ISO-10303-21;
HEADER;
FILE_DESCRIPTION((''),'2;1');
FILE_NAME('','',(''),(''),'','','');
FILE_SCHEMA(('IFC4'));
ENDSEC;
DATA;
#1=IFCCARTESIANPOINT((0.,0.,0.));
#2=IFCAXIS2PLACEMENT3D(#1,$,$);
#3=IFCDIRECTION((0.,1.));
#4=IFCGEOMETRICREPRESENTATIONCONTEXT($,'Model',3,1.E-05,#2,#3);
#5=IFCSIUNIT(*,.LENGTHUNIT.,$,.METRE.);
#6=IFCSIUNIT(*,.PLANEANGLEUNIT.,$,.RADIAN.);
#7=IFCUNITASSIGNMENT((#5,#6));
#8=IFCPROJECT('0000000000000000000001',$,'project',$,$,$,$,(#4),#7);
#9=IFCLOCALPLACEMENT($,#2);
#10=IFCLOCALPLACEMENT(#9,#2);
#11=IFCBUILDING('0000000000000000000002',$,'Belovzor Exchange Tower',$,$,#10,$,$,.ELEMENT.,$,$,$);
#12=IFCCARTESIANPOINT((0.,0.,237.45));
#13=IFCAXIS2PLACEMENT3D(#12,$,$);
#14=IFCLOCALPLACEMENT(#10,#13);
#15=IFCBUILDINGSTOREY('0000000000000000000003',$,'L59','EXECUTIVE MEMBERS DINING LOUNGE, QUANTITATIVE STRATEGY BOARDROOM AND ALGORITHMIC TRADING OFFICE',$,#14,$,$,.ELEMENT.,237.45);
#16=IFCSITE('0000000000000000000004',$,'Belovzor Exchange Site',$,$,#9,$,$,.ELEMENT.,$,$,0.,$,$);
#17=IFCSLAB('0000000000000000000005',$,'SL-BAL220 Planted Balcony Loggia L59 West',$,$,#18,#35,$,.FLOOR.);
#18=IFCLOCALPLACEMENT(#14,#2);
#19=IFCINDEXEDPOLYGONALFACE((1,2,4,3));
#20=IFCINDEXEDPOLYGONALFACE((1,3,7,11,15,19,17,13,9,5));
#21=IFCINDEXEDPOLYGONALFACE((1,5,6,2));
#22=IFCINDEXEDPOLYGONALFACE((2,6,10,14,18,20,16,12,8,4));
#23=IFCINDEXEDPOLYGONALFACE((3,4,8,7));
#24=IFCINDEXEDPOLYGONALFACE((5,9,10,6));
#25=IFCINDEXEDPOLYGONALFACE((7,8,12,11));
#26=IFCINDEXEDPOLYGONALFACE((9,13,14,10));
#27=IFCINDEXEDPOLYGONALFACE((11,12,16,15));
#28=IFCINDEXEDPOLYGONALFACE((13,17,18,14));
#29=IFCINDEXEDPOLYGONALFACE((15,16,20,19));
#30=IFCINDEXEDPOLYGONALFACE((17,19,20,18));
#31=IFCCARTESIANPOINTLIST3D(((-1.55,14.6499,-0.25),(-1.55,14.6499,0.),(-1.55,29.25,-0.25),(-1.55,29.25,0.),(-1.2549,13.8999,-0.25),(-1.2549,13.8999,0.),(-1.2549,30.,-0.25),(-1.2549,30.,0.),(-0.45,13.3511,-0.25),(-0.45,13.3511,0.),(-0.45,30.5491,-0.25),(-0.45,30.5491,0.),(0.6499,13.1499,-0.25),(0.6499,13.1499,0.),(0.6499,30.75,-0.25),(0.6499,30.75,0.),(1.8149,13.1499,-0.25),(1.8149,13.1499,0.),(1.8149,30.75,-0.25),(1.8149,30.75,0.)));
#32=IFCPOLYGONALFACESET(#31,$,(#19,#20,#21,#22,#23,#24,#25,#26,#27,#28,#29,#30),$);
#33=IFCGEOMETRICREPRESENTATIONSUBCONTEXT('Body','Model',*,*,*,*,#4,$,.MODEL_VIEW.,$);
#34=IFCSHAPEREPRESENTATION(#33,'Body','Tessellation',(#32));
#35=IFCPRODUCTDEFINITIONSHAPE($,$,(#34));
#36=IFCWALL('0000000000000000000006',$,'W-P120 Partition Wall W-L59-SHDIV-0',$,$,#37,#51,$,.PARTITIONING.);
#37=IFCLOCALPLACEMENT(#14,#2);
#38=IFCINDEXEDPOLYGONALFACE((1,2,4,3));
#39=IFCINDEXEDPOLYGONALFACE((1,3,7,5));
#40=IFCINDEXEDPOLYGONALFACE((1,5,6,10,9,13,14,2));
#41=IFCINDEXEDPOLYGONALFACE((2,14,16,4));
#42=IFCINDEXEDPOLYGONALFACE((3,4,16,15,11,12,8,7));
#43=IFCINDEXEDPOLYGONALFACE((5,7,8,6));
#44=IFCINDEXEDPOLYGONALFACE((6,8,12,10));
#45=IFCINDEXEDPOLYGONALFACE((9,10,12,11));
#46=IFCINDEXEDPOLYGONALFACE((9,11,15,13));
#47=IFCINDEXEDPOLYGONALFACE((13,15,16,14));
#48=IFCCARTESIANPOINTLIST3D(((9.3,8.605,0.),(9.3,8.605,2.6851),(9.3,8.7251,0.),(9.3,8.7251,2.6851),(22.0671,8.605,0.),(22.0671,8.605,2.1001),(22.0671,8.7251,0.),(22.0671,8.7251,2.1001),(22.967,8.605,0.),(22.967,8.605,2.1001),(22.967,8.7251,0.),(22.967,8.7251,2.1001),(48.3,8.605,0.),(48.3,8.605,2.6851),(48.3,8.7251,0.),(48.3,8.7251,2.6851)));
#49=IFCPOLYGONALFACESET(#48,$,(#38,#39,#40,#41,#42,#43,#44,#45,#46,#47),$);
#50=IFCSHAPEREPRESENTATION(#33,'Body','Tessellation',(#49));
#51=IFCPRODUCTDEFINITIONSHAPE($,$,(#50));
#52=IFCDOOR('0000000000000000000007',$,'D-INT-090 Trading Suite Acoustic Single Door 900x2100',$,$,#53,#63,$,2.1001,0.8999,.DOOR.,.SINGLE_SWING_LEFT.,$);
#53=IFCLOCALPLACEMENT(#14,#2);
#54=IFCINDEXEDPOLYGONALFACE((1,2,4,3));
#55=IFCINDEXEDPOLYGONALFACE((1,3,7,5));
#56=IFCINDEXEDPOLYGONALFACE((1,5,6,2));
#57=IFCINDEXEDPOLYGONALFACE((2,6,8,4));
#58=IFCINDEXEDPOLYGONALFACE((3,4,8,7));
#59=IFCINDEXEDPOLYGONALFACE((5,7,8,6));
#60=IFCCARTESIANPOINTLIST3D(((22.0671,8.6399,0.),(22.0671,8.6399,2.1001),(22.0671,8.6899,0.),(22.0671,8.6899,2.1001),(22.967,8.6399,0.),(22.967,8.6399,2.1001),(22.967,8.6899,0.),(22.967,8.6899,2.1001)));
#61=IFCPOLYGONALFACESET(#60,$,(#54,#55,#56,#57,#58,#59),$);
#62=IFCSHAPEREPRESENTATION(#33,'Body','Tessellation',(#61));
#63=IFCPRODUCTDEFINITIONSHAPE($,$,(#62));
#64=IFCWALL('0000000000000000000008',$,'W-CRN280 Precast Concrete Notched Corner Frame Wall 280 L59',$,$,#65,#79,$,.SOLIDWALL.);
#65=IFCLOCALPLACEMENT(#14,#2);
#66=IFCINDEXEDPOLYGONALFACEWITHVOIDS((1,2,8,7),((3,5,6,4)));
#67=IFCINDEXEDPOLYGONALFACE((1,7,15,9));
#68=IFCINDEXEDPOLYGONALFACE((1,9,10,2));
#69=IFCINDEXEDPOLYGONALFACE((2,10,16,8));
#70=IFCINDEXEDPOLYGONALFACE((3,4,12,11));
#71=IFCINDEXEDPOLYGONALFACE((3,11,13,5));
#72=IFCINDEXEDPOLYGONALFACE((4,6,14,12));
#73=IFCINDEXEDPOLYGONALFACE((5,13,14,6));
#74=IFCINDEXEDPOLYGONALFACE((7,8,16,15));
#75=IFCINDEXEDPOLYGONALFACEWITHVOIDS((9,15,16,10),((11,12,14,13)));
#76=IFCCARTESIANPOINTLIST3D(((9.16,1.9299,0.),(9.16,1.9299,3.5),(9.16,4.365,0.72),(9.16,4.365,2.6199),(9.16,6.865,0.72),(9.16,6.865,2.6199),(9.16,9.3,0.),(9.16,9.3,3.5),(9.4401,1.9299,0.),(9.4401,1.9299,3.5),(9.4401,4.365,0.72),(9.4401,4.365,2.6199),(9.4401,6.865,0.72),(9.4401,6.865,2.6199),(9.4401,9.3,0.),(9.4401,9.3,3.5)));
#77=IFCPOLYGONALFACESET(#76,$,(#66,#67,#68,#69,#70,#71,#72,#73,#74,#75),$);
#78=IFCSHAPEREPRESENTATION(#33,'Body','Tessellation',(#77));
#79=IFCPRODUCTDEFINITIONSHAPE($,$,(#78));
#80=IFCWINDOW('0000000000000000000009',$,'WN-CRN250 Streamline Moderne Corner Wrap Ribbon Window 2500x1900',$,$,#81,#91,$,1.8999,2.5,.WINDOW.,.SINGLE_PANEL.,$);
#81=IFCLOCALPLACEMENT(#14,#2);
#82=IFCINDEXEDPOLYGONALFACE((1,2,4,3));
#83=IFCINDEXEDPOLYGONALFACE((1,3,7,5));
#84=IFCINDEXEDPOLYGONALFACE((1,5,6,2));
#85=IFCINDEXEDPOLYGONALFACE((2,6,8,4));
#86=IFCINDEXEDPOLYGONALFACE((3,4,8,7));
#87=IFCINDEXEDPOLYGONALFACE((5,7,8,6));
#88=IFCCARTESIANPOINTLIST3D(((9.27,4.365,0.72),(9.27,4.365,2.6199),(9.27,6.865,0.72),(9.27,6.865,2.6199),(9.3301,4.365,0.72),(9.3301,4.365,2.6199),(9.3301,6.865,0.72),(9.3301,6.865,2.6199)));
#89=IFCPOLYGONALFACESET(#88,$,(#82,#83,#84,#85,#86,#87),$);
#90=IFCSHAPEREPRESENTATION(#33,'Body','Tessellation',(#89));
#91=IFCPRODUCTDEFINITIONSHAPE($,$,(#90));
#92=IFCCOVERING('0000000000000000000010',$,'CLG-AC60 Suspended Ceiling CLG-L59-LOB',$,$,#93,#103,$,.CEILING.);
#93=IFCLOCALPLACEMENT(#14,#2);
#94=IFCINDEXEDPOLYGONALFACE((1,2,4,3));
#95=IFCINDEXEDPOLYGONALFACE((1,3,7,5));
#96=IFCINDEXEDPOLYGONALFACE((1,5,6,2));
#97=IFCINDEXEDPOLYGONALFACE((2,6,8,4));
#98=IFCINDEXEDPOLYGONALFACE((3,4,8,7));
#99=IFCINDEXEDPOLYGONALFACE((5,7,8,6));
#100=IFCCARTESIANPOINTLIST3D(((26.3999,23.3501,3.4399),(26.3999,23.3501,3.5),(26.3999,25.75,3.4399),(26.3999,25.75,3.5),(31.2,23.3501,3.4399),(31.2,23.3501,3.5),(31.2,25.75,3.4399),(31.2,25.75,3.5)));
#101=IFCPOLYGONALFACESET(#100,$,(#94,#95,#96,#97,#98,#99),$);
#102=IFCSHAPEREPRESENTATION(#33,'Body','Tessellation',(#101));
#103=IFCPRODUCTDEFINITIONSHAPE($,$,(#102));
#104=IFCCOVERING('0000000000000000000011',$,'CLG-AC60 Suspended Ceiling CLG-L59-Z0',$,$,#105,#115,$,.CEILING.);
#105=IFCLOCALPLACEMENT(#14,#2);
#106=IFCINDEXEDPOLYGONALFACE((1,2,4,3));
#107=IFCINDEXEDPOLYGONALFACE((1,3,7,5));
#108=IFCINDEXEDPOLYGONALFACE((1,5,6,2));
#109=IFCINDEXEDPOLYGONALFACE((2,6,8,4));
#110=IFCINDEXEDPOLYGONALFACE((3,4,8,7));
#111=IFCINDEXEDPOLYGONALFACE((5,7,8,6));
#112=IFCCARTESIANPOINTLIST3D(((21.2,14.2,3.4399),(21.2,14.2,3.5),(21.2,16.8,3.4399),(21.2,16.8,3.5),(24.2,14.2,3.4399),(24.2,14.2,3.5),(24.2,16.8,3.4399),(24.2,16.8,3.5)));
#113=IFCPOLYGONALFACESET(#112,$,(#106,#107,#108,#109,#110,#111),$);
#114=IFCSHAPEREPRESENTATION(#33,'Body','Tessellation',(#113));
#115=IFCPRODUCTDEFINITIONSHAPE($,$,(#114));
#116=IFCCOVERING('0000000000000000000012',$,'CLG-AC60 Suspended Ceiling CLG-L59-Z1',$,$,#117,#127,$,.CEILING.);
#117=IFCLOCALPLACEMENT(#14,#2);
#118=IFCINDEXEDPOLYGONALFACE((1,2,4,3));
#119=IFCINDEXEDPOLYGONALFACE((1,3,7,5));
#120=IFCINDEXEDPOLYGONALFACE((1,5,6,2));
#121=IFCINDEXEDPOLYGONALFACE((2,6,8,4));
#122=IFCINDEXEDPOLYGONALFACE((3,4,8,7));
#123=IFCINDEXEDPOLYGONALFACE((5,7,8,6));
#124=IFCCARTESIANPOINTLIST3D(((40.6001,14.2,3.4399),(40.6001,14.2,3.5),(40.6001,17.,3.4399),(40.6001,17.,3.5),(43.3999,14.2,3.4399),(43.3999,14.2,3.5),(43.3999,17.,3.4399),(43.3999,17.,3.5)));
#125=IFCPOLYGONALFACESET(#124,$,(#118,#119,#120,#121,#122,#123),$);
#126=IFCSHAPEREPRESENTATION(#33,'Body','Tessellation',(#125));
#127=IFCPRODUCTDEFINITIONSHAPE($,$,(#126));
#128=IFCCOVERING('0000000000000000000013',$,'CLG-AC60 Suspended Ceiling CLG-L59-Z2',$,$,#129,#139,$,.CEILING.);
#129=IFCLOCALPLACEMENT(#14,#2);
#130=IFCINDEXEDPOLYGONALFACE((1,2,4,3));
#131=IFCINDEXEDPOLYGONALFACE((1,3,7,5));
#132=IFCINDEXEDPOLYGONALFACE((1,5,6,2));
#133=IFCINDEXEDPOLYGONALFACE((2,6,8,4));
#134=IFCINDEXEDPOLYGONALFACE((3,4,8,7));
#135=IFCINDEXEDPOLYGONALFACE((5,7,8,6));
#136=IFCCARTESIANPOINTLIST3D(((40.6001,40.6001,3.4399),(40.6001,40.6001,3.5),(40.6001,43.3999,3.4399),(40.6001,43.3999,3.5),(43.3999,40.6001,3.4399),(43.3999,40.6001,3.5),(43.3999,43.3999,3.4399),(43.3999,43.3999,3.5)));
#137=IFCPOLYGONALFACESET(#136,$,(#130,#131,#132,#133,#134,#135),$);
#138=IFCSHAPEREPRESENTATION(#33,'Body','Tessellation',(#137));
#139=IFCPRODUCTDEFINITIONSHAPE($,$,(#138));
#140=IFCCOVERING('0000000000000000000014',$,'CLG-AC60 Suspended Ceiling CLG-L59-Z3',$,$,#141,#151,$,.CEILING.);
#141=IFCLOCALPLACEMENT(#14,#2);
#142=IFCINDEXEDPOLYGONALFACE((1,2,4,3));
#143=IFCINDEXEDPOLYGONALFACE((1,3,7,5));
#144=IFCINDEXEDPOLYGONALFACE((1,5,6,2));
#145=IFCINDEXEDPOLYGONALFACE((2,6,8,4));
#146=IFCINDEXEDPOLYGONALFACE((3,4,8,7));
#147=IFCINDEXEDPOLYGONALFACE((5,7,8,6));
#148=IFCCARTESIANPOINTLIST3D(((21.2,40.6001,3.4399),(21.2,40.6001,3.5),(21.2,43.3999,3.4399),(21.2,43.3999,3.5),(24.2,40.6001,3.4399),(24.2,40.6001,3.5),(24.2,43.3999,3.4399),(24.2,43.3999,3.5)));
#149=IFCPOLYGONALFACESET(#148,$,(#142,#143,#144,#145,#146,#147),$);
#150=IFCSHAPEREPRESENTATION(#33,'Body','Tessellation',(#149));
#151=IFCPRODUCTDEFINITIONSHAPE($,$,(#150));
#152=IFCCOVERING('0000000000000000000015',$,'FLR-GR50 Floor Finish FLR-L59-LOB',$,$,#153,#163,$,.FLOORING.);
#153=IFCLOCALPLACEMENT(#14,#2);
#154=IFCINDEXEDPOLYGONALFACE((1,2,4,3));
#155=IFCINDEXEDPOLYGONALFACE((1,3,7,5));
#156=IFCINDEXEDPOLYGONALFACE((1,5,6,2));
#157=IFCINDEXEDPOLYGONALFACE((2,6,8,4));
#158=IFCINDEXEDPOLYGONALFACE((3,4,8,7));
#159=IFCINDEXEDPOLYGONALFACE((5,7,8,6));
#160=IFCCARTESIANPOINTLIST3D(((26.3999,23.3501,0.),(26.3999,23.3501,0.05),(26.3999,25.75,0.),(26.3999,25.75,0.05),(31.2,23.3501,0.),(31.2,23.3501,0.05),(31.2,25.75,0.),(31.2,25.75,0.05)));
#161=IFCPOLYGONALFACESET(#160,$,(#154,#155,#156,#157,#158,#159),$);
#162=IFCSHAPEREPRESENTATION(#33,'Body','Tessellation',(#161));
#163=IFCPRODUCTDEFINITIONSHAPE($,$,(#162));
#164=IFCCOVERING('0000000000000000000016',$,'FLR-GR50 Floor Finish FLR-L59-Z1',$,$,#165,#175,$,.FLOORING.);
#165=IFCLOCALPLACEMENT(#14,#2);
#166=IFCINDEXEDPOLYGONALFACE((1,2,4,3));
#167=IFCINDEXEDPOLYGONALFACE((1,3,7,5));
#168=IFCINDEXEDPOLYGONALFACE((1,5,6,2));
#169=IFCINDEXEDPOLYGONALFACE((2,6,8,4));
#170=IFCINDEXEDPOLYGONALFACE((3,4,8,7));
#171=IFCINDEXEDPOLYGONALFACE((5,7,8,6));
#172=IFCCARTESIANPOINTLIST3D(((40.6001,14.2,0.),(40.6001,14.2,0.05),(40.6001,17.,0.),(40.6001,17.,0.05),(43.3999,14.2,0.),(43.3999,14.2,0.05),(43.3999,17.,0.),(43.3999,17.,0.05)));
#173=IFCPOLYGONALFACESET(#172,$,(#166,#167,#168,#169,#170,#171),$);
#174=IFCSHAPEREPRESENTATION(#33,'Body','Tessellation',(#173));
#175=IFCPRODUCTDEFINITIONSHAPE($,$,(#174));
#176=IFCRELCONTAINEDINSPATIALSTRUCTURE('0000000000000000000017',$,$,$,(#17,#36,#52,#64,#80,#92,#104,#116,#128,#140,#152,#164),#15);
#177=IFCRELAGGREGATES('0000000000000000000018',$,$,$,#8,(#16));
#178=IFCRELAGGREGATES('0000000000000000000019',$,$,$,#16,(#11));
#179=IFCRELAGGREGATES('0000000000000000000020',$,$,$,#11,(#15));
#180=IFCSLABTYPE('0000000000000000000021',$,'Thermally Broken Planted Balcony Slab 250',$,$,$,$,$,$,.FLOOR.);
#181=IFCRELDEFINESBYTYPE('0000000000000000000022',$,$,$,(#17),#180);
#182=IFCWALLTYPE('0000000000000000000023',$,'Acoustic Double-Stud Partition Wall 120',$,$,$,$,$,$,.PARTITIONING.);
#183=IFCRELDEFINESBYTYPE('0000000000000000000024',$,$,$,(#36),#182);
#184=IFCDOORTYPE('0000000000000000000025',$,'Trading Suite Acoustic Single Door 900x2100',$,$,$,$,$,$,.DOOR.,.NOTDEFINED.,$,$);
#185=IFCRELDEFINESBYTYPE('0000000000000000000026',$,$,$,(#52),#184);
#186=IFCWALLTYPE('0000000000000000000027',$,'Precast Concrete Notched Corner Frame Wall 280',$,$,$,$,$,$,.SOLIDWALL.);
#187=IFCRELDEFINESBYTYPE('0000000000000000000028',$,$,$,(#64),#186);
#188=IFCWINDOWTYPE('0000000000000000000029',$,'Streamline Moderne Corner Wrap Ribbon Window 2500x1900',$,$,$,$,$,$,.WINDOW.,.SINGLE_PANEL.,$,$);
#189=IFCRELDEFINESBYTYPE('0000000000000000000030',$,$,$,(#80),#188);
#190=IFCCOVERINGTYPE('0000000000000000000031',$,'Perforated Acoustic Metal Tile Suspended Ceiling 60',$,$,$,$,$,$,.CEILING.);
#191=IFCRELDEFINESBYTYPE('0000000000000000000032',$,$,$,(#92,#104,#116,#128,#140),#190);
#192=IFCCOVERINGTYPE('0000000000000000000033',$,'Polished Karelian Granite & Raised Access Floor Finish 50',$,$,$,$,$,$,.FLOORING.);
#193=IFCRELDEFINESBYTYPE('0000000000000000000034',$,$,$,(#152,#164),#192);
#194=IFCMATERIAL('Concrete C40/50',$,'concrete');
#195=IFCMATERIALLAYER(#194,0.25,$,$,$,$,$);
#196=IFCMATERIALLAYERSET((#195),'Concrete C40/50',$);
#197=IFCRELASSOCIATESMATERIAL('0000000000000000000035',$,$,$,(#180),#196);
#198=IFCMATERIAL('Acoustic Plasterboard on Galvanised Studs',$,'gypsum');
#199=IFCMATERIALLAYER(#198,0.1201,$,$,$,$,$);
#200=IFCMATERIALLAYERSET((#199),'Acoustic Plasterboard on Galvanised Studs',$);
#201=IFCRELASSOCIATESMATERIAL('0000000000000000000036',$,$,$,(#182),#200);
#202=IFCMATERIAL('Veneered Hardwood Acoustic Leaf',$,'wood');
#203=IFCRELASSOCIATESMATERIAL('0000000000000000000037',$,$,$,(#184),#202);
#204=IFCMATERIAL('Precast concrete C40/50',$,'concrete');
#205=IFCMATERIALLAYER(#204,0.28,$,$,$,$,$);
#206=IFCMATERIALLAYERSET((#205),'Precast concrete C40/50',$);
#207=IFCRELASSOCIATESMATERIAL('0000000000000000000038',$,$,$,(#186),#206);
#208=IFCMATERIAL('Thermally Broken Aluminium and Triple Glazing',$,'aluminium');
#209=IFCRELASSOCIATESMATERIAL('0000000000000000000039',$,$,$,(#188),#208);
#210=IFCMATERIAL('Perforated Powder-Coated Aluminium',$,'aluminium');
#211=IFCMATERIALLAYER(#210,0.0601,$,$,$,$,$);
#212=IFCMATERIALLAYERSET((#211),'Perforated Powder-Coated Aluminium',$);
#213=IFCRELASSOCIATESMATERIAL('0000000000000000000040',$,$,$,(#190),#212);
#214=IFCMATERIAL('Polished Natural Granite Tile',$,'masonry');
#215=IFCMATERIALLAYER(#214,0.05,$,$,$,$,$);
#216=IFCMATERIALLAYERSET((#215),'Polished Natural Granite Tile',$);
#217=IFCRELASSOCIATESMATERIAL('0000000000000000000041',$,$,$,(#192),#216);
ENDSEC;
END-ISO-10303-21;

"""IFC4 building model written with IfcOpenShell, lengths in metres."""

from ifc_helpers import new_model, si_unit, direction, frame, frame_2d, origin, place, context, subcontext, project, spatial, polyline, rectangle, outline, extrude, material, layer, layer_set, type_object, element, fill, save


model = new_model("IFC4")

# Units and contexts
model_context = context("Model", 3, precision=1e-05, world=origin(), true_north=direction((0.0, 1.0)))
body_context = subcontext(model_context, "Body", "Model", "MODEL_VIEW")
ifc_project = project(units=[si_unit("LENGTHUNIT", "METRE"), si_unit("PLANEANGLEUNIT", "RADIAN")], contexts=[model_context])

# Site, building, storey
site_placement = place(None, origin())
site = spatial("IfcSite", under=ifc_project, at=site_placement, Name="Belovzor Exchange Site", CompositionType="ELEMENT", RefElevation=0.0)
building_placement = place(site_placement, origin())
building = spatial("IfcBuilding", under=site, at=building_placement, Name="Belovzor Exchange Tower", CompositionType="ELEMENT")
storey_placement = place(building_placement, frame((0.0, 0.0, 237.45)))
storey = spatial("IfcBuildingStorey", under=building, at=storey_placement, Name="L59", Description="EXECUTIVE MEMBERS DINING LOUNGE, QUANTITATIVE STRATEGY BOARDROOM AND ALGORITHMIC TRADING OFFICE", CompositionType="ELEMENT", Elevation=237.45)

# Slab
ifc_material_1 = material(Name="Concrete C40/50", Category="concrete")
ifc_layer_1 = layer(ifc_material_1, 0.25)
ifc_layer_set_1 = layer_set([ifc_layer_1], Name="Concrete C40/50")
slab_type_1 = type_object("IfcSlabType", Name="Thermally Broken Planted Balcony Slab 250", PredefinedType="FLOOR", material=ifc_layer_set_1)
slab_1_placement = place(storey_placement, frame((0.0, 0.0, -0.25)))
element("IfcSlab", 1, at=slab_1_placement, inside=storey, type_object=slab_type_1, Name="SL-BAL220 Planted Balcony Loggia L59 West", PredefinedType="FLOOR", context=body_context, shape_type="SweptSolid", body=[
    extrude(outline(polyline([(1.8149, 30.75), (0.6499, 30.75), (-0.45, 30.5491), (-1.2549, 30.0), (-1.55, 29.25), (-1.55, 14.6499), (-1.2549, 13.8999), (-0.45, 13.3511), (0.6499, 13.1499), (1.8149, 13.1499), (1.8149, 30.75)])), origin(), (0.0, 0.0, 1.0), 0.25),
])

# Wall, opening, door
ifc_material_2 = material(Name="Acoustic Plasterboard on Galvanised Studs", Category="gypsum")
ifc_layer_2 = layer(ifc_material_2, 0.1201)
ifc_layer_set_2 = layer_set([ifc_layer_2], Name="Acoustic Plasterboard on Galvanised Studs")
wall_type_1 = type_object("IfcWallType", Name="Acoustic Double-Stud Partition Wall 120", PredefinedType="PARTITIONING", material=ifc_layer_set_2)
wall_1_placement = place(storey_placement, frame((9.3, 8.665, 0.0), z_axis=(0.0, 0.0, 1.0), x_axis=(1.0, 0.0, 0.0)))
wall_1 = element("IfcWall", 2, at=wall_1_placement, inside=storey, type_object=wall_type_1, Name="W-P120 Partition Wall W-L59-SHDIV-0", PredefinedType="PARTITIONING", context=body_context, shape_type="SweptSolid", body=[
    extrude(rectangle(XDim=39.0, YDim=0.1201, at=frame_2d((19.5, 0.0))), origin(), (0.0, 0.0, 1.0), 2.6851),
])
opening_1_placement = place(wall_1_placement, frame((12.7671, 0.0, 0.0)))
opening_1 = element("IfcOpeningElement", 3, at=opening_1_placement, cuts=wall_1, PredefinedType="OPENING", context=body_context, shape_type="SweptSolid", body=[
    extrude(rectangle(XDim=0.8999, YDim=2.1001, at=frame_2d((0.45, 1.05))), frame((0.0, 0.0701, 0.0), z_axis=(0.0, -1.0, 0.0), x_axis=(1.0, 0.0, 0.0)), (0.0, 0.0, 1.0), 0.1401),
])
ifc_material_3 = material(Name="Veneered Hardwood Acoustic Leaf", Category="wood")
door_type = type_object("IfcDoorType", Name="Trading Suite Acoustic Single Door 900x2100", OperationType="NOTDEFINED", PredefinedType="DOOR", material=ifc_material_3)
door_placement = place(opening_1_placement, origin())
door = element("IfcDoor", 4, at=door_placement, inside=storey, type_object=door_type, Name="D-INT-090 Trading Suite Acoustic Single Door 900x2100", OperationType="SINGLE_SWING_LEFT", OverallHeight=2.1001, OverallWidth=0.8999, PredefinedType="DOOR", context=body_context, shape_type="SweptSolid", body=[
    extrude(rectangle(XDim=0.8999, YDim=2.1001, at=frame_2d((0.45, 1.05))), frame((0.0, 0.0249, 0.0), z_axis=(0.0, -1.0, 0.0), x_axis=(1.0, 0.0, 0.0)), (0.0, 0.0, 1.0), 0.05),
])
fill(opening_1, door)

# Wall, opening, window
ifc_material_4 = material(Name="Precast concrete C40/50", Category="concrete")
ifc_layer_3 = layer(ifc_material_4, 0.28)
ifc_layer_set_3 = layer_set([ifc_layer_3], Name="Precast concrete C40/50")
wall_type_2 = type_object("IfcWallType", Name="Precast Concrete Notched Corner Frame Wall 280", PredefinedType="SOLIDWALL", material=ifc_layer_set_3)
wall_2_placement = place(storey_placement, frame((9.3, 1.9299, 0.0), z_axis=(0.0, 0.0, 1.0), x_axis=(0.0, 1.0, 0.0)))
wall_2 = element("IfcWall", 5, at=wall_2_placement, inside=storey, type_object=wall_type_2, Name="W-CRN280 Precast Concrete Notched Corner Frame Wall 280 L59", PredefinedType="SOLIDWALL", context=body_context, shape_type="SweptSolid", body=[
    extrude(rectangle(XDim=7.3701, YDim=0.28, at=frame_2d((3.6851, 0.0))), origin(), (0.0, 0.0, 1.0), 3.5),
])
opening_2_placement = place(wall_2_placement, frame((2.4351, 0.0, 0.72)))
opening_2 = element("IfcOpeningElement", 6, at=opening_2_placement, cuts=wall_2, PredefinedType="OPENING", context=body_context, shape_type="SweptSolid", body=[
    extrude(rectangle(XDim=2.5, YDim=1.8999, at=frame_2d((1.25, 0.95))), frame((0.0, 0.1499, 0.0), z_axis=(0.0, -1.0, 0.0), x_axis=(1.0, 0.0, 0.0)), (0.0, 0.0, 1.0), 0.3),
])
ifc_material_5 = material(Name="Thermally Broken Aluminium and Triple Glazing", Category="aluminium")
window_type = type_object("IfcWindowType", Name="Streamline Moderne Corner Wrap Ribbon Window 2500x1900", PartitioningType="SINGLE_PANEL", PredefinedType="WINDOW", material=ifc_material_5)
window_placement = place(opening_2_placement, origin())
window = element("IfcWindow", 7, at=window_placement, inside=storey, type_object=window_type, Name="WN-CRN250 Streamline Moderne Corner Wrap Ribbon Window 2500x1900", OverallHeight=1.8999, OverallWidth=2.5, PartitioningType="SINGLE_PANEL", PredefinedType="WINDOW", context=body_context, shape_type="SweptSolid", body=[
    extrude(rectangle(XDim=2.5, YDim=1.8999, at=frame_2d((1.25, 0.95))), frame((0.0, 0.03, 0.0), z_axis=(0.0, -1.0, 0.0), x_axis=(1.0, 0.0, 0.0)), (0.0, 0.0, 1.0), 0.0601),
])
fill(opening_2, window)

# Coverings
ifc_material_6 = material(Name="Perforated Powder-Coated Aluminium", Category="aluminium")
ifc_layer_4 = layer(ifc_material_6, 0.0601)
ifc_layer_set_4 = layer_set([ifc_layer_4], Name="Perforated Powder-Coated Aluminium")
covering_type_1 = type_object("IfcCoveringType", Name="Perforated Acoustic Metal Tile Suspended Ceiling 60", PredefinedType="CEILING", material=ifc_layer_set_4)
covering_1_placement = place(storey_placement, frame((0.0, 0.0, 3.4399)))
element("IfcCovering", 8, at=covering_1_placement, inside=storey, type_object=covering_type_1, Name="CLG-AC60 Suspended Ceiling CLG-L59-LOB", PredefinedType="CEILING", context=body_context, shape_type="SweptSolid", body=[
    extrude(outline(polyline([(26.3999, 23.3501), (31.2, 23.3501), (31.2, 25.75), (26.3999, 25.75), (26.3999, 23.3501)])), origin(), (0.0, 0.0, 1.0), 0.0601),
])
covering_2_placement = place(storey_placement, frame((0.0, 0.0, 3.4399)))
element("IfcCovering", 9, at=covering_2_placement, inside=storey, type_object=covering_type_1, Name="CLG-AC60 Suspended Ceiling CLG-L59-Z0", PredefinedType="CEILING", context=body_context, shape_type="SweptSolid", body=[
    extrude(outline(polyline([(21.2, 14.2), (24.2, 14.2), (24.2, 16.8), (21.2, 16.8), (21.2, 14.2)])), origin(), (0.0, 0.0, 1.0), 0.0601),
])
covering_3_placement = place(storey_placement, frame((0.0, 0.0, 3.4399)))
element("IfcCovering", 10, at=covering_3_placement, inside=storey, type_object=covering_type_1, Name="CLG-AC60 Suspended Ceiling CLG-L59-Z1", PredefinedType="CEILING", context=body_context, shape_type="SweptSolid", body=[
    extrude(outline(polyline([(40.6001, 14.2), (43.3999, 14.2), (43.3999, 17.0), (40.6001, 17.0), (40.6001, 14.2)])), origin(), (0.0, 0.0, 1.0), 0.0601),
])
covering_4_placement = place(storey_placement, frame((0.0, 0.0, 3.4399)))
element("IfcCovering", 11, at=covering_4_placement, inside=storey, type_object=covering_type_1, Name="CLG-AC60 Suspended Ceiling CLG-L59-Z2", PredefinedType="CEILING", context=body_context, shape_type="SweptSolid", body=[
    extrude(outline(polyline([(40.6001, 40.6001), (43.3999, 40.6001), (43.3999, 43.3999), (40.6001, 43.3999), (40.6001, 40.6001)])), origin(), (0.0, 0.0, 1.0), 0.0601),
])
covering_5_placement = place(storey_placement, frame((0.0, 0.0, 3.4399)))
element("IfcCovering", 12, at=covering_5_placement, inside=storey, type_object=covering_type_1, Name="CLG-AC60 Suspended Ceiling CLG-L59-Z3", PredefinedType="CEILING", context=body_context, shape_type="SweptSolid", body=[
    extrude(outline(polyline([(21.2, 40.6001), (24.2, 40.6001), (24.2, 43.3999), (21.2, 43.3999), (21.2, 40.6001)])), origin(), (0.0, 0.0, 1.0), 0.0601),
])
ifc_material_7 = material(Name="Polished Natural Granite Tile", Category="masonry")
ifc_layer_5 = layer(ifc_material_7, 0.05)
ifc_layer_set_5 = layer_set([ifc_layer_5], Name="Polished Natural Granite Tile")
covering_type_2 = type_object("IfcCoveringType", Name="Polished Karelian Granite & Raised Access Floor Finish 50", PredefinedType="FLOORING", material=ifc_layer_set_5)
covering_6_placement = place(storey_placement, origin())
element("IfcCovering", 13, at=covering_6_placement, inside=storey, type_object=covering_type_2, Name="FLR-GR50 Floor Finish FLR-L59-LOB", PredefinedType="FLOORING", context=body_context, shape_type="SweptSolid", body=[
    extrude(outline(polyline([(26.3999, 23.3501), (31.2, 23.3501), (31.2, 25.75), (26.3999, 25.75), (26.3999, 23.3501)])), origin(), (0.0, 0.0, 1.0), 0.05),
])
covering_7_placement = place(storey_placement, origin())
element("IfcCovering", 14, at=covering_7_placement, inside=storey, type_object=covering_type_2, Name="FLR-GR50 Floor Finish FLR-L59-Z1", PredefinedType="FLOORING", context=body_context, shape_type="SweptSolid", body=[
    extrude(outline(polyline([(40.6001, 14.2), (43.3999, 14.2), (43.3999, 17.0), (40.6001, 17.0), (40.6001, 14.2)])), origin(), (0.0, 0.0, 1.0), 0.05),
])

save(model, "model.ifc")
